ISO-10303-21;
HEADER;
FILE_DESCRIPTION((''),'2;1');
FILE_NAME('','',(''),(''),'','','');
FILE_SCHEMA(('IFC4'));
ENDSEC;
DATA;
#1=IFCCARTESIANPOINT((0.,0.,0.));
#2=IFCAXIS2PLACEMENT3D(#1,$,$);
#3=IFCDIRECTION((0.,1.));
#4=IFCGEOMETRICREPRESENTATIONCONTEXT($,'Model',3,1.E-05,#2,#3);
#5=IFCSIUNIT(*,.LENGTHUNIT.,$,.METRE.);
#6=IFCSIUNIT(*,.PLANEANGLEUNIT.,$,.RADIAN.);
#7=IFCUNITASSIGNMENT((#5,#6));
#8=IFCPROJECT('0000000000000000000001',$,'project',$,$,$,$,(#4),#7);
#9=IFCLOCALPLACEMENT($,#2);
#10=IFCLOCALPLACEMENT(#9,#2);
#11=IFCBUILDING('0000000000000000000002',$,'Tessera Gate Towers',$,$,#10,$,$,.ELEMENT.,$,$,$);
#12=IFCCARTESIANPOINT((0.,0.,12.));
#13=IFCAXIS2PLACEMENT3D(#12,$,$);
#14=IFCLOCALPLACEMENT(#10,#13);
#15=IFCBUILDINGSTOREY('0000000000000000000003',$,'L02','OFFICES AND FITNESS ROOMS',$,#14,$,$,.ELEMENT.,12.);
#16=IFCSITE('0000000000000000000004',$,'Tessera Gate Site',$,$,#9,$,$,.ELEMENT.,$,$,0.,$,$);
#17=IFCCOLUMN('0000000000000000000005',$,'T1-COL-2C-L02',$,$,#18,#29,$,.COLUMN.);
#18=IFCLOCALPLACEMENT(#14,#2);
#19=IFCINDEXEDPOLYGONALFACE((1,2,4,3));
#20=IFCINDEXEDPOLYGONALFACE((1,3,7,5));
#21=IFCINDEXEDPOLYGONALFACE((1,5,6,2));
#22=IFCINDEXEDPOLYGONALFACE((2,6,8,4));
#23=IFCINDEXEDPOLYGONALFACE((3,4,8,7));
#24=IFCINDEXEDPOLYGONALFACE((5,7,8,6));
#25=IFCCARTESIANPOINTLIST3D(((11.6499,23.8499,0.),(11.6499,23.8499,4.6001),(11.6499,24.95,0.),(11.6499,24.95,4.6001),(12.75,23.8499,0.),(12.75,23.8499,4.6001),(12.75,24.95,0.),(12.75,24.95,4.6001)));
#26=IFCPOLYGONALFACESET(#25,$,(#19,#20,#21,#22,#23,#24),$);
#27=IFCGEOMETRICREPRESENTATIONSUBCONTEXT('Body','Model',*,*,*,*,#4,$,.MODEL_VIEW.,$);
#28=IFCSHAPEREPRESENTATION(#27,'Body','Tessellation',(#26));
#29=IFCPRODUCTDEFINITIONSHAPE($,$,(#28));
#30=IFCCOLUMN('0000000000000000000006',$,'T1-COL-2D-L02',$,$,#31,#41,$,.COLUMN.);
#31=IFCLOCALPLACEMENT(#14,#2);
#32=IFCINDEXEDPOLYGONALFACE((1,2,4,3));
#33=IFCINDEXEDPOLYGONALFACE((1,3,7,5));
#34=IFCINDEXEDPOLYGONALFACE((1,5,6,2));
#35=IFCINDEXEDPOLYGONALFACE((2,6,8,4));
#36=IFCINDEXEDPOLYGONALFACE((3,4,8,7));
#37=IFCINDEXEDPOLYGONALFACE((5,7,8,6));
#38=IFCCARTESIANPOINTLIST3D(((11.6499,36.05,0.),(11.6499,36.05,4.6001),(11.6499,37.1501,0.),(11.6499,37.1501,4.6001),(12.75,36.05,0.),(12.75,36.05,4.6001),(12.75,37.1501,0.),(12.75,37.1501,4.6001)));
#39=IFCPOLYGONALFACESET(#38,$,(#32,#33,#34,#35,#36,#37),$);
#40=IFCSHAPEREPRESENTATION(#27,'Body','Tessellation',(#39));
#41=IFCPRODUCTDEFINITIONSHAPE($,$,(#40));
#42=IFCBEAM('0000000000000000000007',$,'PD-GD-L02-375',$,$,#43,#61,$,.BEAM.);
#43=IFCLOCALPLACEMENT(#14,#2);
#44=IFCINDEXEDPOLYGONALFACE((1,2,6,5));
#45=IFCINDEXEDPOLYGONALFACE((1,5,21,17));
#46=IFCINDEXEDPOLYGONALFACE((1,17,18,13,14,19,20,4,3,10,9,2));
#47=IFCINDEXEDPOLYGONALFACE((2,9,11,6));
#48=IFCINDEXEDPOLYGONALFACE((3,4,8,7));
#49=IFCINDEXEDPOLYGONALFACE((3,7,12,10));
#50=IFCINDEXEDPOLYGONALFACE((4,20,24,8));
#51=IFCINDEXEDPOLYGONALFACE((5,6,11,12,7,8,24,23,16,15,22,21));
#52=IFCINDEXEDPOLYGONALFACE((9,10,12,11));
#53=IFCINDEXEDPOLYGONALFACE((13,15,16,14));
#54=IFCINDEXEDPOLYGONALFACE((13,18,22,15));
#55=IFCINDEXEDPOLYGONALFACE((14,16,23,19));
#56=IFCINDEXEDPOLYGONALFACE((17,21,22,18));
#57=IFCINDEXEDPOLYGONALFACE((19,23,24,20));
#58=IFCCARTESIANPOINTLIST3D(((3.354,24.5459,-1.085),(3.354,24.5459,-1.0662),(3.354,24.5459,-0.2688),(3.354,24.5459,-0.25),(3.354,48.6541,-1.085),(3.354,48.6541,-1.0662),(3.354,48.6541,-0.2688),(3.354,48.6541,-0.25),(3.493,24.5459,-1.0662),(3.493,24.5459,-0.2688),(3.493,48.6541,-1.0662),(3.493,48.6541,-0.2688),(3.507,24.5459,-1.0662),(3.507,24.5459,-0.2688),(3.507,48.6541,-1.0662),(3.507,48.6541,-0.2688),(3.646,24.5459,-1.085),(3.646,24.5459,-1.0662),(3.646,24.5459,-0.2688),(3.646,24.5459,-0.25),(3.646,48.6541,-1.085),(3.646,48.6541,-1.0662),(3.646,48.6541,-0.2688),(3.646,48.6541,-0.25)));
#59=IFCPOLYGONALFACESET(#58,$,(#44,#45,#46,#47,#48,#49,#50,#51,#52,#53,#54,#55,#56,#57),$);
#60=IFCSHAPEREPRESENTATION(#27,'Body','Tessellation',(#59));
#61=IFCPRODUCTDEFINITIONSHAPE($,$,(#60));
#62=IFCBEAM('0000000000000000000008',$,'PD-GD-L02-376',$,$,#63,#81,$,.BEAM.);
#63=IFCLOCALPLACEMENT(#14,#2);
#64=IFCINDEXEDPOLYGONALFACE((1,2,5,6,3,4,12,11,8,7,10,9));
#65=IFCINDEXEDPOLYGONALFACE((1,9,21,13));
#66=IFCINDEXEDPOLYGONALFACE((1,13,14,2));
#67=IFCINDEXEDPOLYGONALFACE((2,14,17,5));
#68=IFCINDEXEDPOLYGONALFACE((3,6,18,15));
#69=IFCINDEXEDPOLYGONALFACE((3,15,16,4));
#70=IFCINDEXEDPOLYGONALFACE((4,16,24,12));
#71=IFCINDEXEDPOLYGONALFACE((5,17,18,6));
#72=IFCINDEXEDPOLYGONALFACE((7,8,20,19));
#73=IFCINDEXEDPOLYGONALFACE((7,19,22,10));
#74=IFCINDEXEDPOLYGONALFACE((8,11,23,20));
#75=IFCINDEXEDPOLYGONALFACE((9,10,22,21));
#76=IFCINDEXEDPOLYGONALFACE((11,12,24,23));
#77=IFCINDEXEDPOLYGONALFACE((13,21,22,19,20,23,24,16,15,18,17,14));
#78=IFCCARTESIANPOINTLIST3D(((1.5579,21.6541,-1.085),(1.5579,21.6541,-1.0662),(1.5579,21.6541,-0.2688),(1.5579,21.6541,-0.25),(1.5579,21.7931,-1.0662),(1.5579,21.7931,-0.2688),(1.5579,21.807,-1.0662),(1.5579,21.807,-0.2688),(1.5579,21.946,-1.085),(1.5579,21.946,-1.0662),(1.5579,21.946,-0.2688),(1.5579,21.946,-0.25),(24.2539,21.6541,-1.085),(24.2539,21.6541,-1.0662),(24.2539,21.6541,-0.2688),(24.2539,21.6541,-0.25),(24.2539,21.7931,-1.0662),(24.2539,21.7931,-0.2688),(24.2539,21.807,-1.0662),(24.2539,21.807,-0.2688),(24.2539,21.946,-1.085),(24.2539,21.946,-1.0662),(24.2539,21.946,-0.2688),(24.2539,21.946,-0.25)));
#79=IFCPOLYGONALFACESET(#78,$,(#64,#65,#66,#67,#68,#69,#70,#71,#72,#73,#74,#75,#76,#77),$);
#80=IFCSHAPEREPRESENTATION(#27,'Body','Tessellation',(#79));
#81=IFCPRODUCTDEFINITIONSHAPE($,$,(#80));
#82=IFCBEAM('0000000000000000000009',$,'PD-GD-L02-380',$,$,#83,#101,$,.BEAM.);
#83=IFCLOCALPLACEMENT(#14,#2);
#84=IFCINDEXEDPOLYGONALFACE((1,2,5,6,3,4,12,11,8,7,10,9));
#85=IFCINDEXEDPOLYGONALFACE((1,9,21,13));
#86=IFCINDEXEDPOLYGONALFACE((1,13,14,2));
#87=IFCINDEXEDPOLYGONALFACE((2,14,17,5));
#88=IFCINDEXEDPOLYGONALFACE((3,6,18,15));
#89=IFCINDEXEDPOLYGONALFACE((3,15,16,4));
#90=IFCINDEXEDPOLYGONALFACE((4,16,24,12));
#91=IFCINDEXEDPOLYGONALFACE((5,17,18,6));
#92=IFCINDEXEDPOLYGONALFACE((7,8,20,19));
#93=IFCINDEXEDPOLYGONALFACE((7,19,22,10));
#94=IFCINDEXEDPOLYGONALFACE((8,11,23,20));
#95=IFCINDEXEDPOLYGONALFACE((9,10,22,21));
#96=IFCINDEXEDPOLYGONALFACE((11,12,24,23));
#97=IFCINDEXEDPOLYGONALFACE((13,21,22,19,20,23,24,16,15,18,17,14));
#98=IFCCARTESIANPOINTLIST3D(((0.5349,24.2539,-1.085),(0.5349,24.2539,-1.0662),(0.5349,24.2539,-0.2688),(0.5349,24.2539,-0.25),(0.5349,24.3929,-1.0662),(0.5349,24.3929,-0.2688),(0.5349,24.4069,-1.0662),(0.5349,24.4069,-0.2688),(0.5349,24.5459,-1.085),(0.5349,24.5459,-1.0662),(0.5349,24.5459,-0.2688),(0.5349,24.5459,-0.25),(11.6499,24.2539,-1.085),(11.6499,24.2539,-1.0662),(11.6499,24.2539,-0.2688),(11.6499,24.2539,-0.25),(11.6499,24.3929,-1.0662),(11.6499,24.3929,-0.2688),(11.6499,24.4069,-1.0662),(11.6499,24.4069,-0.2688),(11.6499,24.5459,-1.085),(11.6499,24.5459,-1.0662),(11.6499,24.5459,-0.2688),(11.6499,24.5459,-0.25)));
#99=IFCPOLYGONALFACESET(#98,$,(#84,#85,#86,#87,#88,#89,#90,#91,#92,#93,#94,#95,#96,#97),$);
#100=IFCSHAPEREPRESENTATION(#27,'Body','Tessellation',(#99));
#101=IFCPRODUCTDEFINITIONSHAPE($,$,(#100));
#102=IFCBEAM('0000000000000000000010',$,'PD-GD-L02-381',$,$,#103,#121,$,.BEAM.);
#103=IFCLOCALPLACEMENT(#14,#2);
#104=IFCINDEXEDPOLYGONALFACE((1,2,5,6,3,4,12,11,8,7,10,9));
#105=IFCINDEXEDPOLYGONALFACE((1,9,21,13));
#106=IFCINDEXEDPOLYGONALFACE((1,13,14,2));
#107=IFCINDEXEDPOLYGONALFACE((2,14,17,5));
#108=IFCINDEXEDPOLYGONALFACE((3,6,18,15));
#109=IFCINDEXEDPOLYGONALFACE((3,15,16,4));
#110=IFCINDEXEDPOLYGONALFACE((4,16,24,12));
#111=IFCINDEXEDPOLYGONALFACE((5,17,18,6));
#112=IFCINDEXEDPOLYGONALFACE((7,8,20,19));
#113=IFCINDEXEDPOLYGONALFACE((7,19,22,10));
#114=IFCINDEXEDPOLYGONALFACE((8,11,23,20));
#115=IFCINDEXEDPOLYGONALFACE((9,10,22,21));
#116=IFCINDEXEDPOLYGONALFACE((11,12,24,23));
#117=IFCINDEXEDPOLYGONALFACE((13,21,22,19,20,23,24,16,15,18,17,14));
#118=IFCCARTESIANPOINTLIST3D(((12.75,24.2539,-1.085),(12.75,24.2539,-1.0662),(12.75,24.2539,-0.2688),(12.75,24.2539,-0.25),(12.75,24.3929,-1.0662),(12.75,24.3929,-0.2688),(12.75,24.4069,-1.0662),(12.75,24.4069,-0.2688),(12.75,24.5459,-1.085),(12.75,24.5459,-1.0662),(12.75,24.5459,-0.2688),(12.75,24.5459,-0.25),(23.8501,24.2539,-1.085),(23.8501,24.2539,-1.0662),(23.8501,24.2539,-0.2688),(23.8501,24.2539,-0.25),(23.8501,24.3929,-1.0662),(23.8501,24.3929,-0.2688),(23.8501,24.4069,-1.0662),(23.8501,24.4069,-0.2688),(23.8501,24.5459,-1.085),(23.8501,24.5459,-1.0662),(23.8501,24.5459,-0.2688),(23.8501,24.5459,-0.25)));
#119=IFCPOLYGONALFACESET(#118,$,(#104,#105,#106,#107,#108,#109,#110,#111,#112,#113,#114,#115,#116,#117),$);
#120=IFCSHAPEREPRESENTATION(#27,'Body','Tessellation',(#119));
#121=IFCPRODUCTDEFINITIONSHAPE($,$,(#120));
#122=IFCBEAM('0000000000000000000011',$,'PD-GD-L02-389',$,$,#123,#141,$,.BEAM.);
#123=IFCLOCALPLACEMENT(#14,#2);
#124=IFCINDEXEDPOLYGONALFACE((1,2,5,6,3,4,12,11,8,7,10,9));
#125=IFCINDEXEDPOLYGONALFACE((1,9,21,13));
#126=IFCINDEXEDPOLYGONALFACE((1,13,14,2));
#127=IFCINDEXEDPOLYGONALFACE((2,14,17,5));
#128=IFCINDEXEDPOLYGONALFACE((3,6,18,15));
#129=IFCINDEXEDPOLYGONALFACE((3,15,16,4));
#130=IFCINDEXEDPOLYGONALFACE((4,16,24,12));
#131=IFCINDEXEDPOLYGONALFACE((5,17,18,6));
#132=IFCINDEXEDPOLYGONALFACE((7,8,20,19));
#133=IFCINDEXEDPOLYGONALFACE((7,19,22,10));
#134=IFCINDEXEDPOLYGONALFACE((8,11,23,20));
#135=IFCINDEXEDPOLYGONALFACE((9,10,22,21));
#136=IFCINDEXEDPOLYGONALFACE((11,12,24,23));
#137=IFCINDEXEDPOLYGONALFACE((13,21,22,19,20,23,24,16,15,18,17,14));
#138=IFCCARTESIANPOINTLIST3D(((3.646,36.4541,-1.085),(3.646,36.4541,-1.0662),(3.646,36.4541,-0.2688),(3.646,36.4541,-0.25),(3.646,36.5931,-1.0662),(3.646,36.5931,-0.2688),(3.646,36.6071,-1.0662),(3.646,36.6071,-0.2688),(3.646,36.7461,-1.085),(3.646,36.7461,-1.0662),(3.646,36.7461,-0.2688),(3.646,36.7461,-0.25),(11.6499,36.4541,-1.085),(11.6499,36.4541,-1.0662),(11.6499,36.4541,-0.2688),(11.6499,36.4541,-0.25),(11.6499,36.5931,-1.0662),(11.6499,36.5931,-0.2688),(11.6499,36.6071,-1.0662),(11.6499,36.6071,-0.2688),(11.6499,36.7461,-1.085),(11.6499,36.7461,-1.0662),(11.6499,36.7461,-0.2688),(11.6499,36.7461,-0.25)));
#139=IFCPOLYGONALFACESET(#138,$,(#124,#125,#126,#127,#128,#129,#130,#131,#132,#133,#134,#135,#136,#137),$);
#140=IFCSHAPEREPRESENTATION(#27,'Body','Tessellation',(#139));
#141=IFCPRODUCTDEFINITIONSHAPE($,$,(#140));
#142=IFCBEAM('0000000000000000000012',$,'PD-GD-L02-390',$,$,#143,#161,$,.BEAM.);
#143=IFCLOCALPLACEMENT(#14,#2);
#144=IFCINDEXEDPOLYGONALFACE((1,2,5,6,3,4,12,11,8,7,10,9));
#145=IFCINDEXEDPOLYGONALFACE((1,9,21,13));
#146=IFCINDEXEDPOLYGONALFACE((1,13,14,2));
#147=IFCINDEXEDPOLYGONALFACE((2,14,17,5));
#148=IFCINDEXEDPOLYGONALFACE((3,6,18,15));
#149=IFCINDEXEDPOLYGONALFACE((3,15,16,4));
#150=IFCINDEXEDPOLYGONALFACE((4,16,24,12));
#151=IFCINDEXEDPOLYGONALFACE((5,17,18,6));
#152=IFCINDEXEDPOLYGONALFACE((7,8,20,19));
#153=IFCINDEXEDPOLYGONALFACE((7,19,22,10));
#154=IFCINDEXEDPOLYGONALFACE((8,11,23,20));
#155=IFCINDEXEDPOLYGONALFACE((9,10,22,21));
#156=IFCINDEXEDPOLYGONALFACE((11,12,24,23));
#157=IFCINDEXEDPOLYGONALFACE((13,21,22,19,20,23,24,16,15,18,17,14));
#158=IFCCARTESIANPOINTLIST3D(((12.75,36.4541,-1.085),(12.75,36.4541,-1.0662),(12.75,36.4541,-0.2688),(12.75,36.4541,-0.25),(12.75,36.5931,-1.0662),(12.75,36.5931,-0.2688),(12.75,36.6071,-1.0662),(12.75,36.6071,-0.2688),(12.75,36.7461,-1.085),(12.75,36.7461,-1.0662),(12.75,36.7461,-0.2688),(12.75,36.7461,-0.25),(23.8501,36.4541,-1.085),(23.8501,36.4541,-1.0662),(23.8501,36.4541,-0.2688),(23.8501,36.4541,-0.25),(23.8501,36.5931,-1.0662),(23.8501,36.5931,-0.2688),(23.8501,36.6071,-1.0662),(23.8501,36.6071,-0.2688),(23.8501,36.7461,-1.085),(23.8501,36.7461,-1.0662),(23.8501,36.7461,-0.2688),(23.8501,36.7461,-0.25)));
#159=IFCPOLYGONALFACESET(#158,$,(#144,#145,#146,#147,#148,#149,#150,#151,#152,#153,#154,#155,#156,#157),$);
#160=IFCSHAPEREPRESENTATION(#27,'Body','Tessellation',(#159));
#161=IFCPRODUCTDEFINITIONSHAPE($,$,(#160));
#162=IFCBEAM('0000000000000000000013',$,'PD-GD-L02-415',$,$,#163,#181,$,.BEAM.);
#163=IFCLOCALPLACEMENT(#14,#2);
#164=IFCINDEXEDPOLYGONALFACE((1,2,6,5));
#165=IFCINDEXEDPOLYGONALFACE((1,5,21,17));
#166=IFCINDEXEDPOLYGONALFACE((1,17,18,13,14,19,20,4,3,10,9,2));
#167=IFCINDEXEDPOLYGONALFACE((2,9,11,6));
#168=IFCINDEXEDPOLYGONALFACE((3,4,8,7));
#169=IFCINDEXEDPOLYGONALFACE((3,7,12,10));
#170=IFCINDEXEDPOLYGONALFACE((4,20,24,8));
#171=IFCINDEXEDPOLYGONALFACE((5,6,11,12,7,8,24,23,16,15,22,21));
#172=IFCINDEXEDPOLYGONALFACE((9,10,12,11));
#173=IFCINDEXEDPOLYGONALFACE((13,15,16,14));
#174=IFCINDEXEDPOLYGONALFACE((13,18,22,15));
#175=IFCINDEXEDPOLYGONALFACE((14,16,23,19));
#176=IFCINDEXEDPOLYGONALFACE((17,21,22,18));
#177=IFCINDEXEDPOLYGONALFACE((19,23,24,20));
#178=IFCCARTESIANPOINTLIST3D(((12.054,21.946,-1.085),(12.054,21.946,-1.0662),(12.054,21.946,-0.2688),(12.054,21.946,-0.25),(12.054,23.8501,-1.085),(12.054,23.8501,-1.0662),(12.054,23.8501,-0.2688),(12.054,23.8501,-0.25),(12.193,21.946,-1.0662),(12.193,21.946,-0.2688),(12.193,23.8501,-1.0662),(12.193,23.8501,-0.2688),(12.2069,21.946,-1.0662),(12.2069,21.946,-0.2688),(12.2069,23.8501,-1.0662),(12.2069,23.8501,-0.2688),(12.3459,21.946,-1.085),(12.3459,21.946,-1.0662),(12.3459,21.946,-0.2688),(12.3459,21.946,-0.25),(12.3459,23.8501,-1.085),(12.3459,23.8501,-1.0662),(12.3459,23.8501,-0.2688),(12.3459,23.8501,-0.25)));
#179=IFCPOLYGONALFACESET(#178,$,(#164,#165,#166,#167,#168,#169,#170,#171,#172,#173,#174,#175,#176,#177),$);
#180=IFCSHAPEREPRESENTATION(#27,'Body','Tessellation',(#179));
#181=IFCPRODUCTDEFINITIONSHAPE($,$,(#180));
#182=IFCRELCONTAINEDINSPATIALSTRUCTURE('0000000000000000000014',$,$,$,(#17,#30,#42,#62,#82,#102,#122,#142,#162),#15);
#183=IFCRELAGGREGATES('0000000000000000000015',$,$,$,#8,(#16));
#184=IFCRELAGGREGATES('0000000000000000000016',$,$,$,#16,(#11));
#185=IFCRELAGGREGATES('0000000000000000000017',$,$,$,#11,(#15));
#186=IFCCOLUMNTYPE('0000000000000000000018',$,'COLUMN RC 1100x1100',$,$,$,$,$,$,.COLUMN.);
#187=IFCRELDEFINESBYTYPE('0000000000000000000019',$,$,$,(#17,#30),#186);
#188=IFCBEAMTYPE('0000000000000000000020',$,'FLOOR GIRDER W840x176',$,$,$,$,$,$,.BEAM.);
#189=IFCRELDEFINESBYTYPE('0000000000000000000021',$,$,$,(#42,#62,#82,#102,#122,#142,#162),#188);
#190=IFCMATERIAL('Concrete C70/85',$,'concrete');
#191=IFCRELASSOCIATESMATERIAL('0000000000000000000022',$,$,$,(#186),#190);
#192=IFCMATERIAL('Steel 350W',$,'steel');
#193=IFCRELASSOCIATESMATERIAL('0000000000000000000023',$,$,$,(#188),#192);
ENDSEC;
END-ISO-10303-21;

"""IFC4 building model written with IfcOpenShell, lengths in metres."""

from ifc_helpers import new_model, si_unit, direction, frame, origin, origin_2d, place, context, subcontext, project, spatial, rectangle, i_section, extrude, material, material_profile, profile_set, type_object, element, save


model = new_model("IFC4")

# Units and contexts
model_context = context("Model", 3, precision=1e-05, world=origin(), true_north=direction((0.0, 1.0)))
body_context = subcontext(model_context, "Body", "Model", "MODEL_VIEW")
ifc_project = project(units=[si_unit("LENGTHUNIT", "METRE"), si_unit("PLANEANGLEUNIT", "RADIAN")], contexts=[model_context])

# Site, building, storey
site_placement = place(None, origin())
site = spatial("IfcSite", under=ifc_project, at=site_placement, Name="Tessera Gate Site", CompositionType="ELEMENT", RefElevation=0.0)
building_placement = place(site_placement, origin())
building = spatial("IfcBuilding", under=site, at=building_placement, Name="Tessera Gate Towers", CompositionType="ELEMENT")
storey_placement = place(building_placement, frame((0.0, 0.0, 12.0)))
storey = spatial("IfcBuildingStorey", under=building, at=storey_placement, Name="L02", Description="OFFICES AND FITNESS ROOMS", CompositionType="ELEMENT", Elevation=12.0)

# Columns
ifc_material_1 = material(Name="Concrete C70/85", Category="concrete")
ifc_material_profile_1 = material_profile(ifc_material_1, rectangle(XDim=1.1001, YDim=1.1001, at=origin_2d()), Name="RC 1100x1100")
ifc_profile_set_1 = profile_set([ifc_material_profile_1], Name="Concrete C70/85")
column_type = type_object("IfcColumnType", Name="COLUMN RC 1100x1100", PredefinedType="COLUMN", material=ifc_profile_set_1)
for number, where, z_axis, x_axis, name in (
    (1, (12.2, 24.3999, 0.0), (0.0, 0.0, 1.0), (1.0, 0.0, 0.0), "T1-COL-2C-L02"),
    (2, (12.2, 36.6001, 0.0), (0.0, 0.0, 1.0), (1.0, 0.0, 0.0), "T1-COL-2D-L02"),
):
    element("IfcColumn", number, at=place(storey_placement, frame(where, z_axis=z_axis, x_axis=x_axis)), inside=storey, type_object=column_type, Name=name, PredefinedType="COLUMN", context=body_context, shape_type="SweptSolid", body=[
        extrude(rectangle(XDim=1.1001, YDim=1.1001, at=origin_2d()), origin(), (0.0, 0.0, 1.0), 4.6001),
    ])

# Beams
ifc_material_2 = material(Name="Steel 350W", Category="steel")
ifc_material_profile_2 = material_profile(ifc_material_2, i_section(OverallWidth=0.292, OverallDepth=0.835, WebThickness=0.0139, FlangeThickness=0.0188, at=origin_2d()), Name="W840x176")
ifc_profile_set_2 = profile_set([ifc_material_profile_2], Name="Steel 350W")
beam_type_1 = type_object("IfcBeamType", Name="FLOOR GIRDER W840x176", PredefinedType="BEAM", material=ifc_profile_set_2)
beam_1_placement = place(storey_placement, frame((3.5, 24.5459, -0.6675), z_axis=(0.0, 1.0, 0.0), x_axis=(-1.0, 0.0, 0.0)))
element("IfcBeam", 3, at=beam_1_placement, inside=storey, type_object=beam_type_1, Name="PD-GD-L02-375", PredefinedType="BEAM", context=body_context, shape_type="SweptSolid", body=[
    extrude(i_section(OverallWidth=0.292, OverallDepth=0.835, WebThickness=0.0139, FlangeThickness=0.0188, at=origin_2d()), origin(), (0.0, 0.0, 1.0), 24.1082),
])
beam_2_placement = place(storey_placement, frame((1.5579, 21.8, -0.6675), z_axis=(1.0, 0.0, 0.0), x_axis=(0.0, 1.0, 0.0)))
element("IfcBeam", 4, at=beam_2_placement, inside=storey, type_object=beam_type_1, Name="PD-GD-L02-376", PredefinedType="BEAM", context=body_context, shape_type="SweptSolid", body=[
    extrude(i_section(OverallWidth=0.292, OverallDepth=0.835, WebThickness=0.0139, FlangeThickness=0.0188, at=origin_2d()), origin(), (0.0, 0.0, 1.0), 22.696),
])
beam_3_placement = place(storey_placement, frame((0.5349, 24.3999, -0.6675), z_axis=(1.0, 0.0, 0.0), x_axis=(0.0, 1.0, 0.0)))
element("IfcBeam", 5, at=beam_3_placement, inside=storey, type_object=beam_type_1, Name="PD-GD-L02-380", PredefinedType="BEAM", context=body_context, shape_type="SweptSolid", body=[
    extrude(i_section(OverallWidth=0.292, OverallDepth=0.835, WebThickness=0.0139, FlangeThickness=0.0188, at=origin_2d()), origin(), (0.0, 0.0, 1.0), 11.115),
])
beam_4_placement = place(storey_placement, frame((12.75, 24.3999, -0.6675), z_axis=(1.0, 0.0, 0.0), x_axis=(0.0, 1.0, 0.0)))
element("IfcBeam", 6, at=beam_4_placement, inside=storey, type_object=beam_type_1, Name="PD-GD-L02-381", PredefinedType="BEAM", context=body_context, shape_type="SweptSolid", body=[
    extrude(i_section(OverallWidth=0.292, OverallDepth=0.835, WebThickness=0.0139, FlangeThickness=0.0188, at=origin_2d()), origin(), (0.0, 0.0, 1.0), 11.1001),
])
beam_5_placement = place(storey_placement, frame((3.646, 36.6001, -0.6675), z_axis=(1.0, 0.0, 0.0), x_axis=(0.0, 1.0, 0.0)))
element("IfcBeam", 7, at=beam_5_placement, inside=storey, type_object=beam_type_1, Name="PD-GD-L02-389", PredefinedType="BEAM", context=body_context, shape_type="SweptSolid", body=[
    extrude(i_section(OverallWidth=0.292, OverallDepth=0.835, WebThickness=0.0139, FlangeThickness=0.0188, at=origin_2d()), origin(), (0.0, 0.0, 1.0), 8.0039),
])
beam_6_placement = place(storey_placement, frame((12.75, 36.6001, -0.6675), z_axis=(1.0, 0.0, 0.0), x_axis=(0.0, 1.0, 0.0)))
element("IfcBeam", 8, at=beam_6_placement, inside=storey, type_object=beam_type_1, Name="PD-GD-L02-390", PredefinedType="BEAM", context=body_context, shape_type="SweptSolid", body=[
    extrude(i_section(OverallWidth=0.292, OverallDepth=0.835, WebThickness=0.0139, FlangeThickness=0.0188, at=origin_2d()), origin(), (0.0, 0.0, 1.0), 11.1001),
])
beam_7_placement = place(storey_placement, frame((12.2, 21.946, -0.6675), z_axis=(0.0, 1.0, 0.0), x_axis=(-1.0, 0.0, 0.0)))
element("IfcBeam", 9, at=beam_7_placement, inside=storey, type_object=beam_type_1, Name="PD-GD-L02-415", PredefinedType="BEAM", context=body_context, shape_type="SweptSolid", body=[
    extrude(i_section(OverallWidth=0.292, OverallDepth=0.835, WebThickness=0.0139, FlangeThickness=0.0188, at=origin_2d()), origin(), (0.0, 0.0, 1.0), 1.9041),
])

save(model, "model.ifc")
